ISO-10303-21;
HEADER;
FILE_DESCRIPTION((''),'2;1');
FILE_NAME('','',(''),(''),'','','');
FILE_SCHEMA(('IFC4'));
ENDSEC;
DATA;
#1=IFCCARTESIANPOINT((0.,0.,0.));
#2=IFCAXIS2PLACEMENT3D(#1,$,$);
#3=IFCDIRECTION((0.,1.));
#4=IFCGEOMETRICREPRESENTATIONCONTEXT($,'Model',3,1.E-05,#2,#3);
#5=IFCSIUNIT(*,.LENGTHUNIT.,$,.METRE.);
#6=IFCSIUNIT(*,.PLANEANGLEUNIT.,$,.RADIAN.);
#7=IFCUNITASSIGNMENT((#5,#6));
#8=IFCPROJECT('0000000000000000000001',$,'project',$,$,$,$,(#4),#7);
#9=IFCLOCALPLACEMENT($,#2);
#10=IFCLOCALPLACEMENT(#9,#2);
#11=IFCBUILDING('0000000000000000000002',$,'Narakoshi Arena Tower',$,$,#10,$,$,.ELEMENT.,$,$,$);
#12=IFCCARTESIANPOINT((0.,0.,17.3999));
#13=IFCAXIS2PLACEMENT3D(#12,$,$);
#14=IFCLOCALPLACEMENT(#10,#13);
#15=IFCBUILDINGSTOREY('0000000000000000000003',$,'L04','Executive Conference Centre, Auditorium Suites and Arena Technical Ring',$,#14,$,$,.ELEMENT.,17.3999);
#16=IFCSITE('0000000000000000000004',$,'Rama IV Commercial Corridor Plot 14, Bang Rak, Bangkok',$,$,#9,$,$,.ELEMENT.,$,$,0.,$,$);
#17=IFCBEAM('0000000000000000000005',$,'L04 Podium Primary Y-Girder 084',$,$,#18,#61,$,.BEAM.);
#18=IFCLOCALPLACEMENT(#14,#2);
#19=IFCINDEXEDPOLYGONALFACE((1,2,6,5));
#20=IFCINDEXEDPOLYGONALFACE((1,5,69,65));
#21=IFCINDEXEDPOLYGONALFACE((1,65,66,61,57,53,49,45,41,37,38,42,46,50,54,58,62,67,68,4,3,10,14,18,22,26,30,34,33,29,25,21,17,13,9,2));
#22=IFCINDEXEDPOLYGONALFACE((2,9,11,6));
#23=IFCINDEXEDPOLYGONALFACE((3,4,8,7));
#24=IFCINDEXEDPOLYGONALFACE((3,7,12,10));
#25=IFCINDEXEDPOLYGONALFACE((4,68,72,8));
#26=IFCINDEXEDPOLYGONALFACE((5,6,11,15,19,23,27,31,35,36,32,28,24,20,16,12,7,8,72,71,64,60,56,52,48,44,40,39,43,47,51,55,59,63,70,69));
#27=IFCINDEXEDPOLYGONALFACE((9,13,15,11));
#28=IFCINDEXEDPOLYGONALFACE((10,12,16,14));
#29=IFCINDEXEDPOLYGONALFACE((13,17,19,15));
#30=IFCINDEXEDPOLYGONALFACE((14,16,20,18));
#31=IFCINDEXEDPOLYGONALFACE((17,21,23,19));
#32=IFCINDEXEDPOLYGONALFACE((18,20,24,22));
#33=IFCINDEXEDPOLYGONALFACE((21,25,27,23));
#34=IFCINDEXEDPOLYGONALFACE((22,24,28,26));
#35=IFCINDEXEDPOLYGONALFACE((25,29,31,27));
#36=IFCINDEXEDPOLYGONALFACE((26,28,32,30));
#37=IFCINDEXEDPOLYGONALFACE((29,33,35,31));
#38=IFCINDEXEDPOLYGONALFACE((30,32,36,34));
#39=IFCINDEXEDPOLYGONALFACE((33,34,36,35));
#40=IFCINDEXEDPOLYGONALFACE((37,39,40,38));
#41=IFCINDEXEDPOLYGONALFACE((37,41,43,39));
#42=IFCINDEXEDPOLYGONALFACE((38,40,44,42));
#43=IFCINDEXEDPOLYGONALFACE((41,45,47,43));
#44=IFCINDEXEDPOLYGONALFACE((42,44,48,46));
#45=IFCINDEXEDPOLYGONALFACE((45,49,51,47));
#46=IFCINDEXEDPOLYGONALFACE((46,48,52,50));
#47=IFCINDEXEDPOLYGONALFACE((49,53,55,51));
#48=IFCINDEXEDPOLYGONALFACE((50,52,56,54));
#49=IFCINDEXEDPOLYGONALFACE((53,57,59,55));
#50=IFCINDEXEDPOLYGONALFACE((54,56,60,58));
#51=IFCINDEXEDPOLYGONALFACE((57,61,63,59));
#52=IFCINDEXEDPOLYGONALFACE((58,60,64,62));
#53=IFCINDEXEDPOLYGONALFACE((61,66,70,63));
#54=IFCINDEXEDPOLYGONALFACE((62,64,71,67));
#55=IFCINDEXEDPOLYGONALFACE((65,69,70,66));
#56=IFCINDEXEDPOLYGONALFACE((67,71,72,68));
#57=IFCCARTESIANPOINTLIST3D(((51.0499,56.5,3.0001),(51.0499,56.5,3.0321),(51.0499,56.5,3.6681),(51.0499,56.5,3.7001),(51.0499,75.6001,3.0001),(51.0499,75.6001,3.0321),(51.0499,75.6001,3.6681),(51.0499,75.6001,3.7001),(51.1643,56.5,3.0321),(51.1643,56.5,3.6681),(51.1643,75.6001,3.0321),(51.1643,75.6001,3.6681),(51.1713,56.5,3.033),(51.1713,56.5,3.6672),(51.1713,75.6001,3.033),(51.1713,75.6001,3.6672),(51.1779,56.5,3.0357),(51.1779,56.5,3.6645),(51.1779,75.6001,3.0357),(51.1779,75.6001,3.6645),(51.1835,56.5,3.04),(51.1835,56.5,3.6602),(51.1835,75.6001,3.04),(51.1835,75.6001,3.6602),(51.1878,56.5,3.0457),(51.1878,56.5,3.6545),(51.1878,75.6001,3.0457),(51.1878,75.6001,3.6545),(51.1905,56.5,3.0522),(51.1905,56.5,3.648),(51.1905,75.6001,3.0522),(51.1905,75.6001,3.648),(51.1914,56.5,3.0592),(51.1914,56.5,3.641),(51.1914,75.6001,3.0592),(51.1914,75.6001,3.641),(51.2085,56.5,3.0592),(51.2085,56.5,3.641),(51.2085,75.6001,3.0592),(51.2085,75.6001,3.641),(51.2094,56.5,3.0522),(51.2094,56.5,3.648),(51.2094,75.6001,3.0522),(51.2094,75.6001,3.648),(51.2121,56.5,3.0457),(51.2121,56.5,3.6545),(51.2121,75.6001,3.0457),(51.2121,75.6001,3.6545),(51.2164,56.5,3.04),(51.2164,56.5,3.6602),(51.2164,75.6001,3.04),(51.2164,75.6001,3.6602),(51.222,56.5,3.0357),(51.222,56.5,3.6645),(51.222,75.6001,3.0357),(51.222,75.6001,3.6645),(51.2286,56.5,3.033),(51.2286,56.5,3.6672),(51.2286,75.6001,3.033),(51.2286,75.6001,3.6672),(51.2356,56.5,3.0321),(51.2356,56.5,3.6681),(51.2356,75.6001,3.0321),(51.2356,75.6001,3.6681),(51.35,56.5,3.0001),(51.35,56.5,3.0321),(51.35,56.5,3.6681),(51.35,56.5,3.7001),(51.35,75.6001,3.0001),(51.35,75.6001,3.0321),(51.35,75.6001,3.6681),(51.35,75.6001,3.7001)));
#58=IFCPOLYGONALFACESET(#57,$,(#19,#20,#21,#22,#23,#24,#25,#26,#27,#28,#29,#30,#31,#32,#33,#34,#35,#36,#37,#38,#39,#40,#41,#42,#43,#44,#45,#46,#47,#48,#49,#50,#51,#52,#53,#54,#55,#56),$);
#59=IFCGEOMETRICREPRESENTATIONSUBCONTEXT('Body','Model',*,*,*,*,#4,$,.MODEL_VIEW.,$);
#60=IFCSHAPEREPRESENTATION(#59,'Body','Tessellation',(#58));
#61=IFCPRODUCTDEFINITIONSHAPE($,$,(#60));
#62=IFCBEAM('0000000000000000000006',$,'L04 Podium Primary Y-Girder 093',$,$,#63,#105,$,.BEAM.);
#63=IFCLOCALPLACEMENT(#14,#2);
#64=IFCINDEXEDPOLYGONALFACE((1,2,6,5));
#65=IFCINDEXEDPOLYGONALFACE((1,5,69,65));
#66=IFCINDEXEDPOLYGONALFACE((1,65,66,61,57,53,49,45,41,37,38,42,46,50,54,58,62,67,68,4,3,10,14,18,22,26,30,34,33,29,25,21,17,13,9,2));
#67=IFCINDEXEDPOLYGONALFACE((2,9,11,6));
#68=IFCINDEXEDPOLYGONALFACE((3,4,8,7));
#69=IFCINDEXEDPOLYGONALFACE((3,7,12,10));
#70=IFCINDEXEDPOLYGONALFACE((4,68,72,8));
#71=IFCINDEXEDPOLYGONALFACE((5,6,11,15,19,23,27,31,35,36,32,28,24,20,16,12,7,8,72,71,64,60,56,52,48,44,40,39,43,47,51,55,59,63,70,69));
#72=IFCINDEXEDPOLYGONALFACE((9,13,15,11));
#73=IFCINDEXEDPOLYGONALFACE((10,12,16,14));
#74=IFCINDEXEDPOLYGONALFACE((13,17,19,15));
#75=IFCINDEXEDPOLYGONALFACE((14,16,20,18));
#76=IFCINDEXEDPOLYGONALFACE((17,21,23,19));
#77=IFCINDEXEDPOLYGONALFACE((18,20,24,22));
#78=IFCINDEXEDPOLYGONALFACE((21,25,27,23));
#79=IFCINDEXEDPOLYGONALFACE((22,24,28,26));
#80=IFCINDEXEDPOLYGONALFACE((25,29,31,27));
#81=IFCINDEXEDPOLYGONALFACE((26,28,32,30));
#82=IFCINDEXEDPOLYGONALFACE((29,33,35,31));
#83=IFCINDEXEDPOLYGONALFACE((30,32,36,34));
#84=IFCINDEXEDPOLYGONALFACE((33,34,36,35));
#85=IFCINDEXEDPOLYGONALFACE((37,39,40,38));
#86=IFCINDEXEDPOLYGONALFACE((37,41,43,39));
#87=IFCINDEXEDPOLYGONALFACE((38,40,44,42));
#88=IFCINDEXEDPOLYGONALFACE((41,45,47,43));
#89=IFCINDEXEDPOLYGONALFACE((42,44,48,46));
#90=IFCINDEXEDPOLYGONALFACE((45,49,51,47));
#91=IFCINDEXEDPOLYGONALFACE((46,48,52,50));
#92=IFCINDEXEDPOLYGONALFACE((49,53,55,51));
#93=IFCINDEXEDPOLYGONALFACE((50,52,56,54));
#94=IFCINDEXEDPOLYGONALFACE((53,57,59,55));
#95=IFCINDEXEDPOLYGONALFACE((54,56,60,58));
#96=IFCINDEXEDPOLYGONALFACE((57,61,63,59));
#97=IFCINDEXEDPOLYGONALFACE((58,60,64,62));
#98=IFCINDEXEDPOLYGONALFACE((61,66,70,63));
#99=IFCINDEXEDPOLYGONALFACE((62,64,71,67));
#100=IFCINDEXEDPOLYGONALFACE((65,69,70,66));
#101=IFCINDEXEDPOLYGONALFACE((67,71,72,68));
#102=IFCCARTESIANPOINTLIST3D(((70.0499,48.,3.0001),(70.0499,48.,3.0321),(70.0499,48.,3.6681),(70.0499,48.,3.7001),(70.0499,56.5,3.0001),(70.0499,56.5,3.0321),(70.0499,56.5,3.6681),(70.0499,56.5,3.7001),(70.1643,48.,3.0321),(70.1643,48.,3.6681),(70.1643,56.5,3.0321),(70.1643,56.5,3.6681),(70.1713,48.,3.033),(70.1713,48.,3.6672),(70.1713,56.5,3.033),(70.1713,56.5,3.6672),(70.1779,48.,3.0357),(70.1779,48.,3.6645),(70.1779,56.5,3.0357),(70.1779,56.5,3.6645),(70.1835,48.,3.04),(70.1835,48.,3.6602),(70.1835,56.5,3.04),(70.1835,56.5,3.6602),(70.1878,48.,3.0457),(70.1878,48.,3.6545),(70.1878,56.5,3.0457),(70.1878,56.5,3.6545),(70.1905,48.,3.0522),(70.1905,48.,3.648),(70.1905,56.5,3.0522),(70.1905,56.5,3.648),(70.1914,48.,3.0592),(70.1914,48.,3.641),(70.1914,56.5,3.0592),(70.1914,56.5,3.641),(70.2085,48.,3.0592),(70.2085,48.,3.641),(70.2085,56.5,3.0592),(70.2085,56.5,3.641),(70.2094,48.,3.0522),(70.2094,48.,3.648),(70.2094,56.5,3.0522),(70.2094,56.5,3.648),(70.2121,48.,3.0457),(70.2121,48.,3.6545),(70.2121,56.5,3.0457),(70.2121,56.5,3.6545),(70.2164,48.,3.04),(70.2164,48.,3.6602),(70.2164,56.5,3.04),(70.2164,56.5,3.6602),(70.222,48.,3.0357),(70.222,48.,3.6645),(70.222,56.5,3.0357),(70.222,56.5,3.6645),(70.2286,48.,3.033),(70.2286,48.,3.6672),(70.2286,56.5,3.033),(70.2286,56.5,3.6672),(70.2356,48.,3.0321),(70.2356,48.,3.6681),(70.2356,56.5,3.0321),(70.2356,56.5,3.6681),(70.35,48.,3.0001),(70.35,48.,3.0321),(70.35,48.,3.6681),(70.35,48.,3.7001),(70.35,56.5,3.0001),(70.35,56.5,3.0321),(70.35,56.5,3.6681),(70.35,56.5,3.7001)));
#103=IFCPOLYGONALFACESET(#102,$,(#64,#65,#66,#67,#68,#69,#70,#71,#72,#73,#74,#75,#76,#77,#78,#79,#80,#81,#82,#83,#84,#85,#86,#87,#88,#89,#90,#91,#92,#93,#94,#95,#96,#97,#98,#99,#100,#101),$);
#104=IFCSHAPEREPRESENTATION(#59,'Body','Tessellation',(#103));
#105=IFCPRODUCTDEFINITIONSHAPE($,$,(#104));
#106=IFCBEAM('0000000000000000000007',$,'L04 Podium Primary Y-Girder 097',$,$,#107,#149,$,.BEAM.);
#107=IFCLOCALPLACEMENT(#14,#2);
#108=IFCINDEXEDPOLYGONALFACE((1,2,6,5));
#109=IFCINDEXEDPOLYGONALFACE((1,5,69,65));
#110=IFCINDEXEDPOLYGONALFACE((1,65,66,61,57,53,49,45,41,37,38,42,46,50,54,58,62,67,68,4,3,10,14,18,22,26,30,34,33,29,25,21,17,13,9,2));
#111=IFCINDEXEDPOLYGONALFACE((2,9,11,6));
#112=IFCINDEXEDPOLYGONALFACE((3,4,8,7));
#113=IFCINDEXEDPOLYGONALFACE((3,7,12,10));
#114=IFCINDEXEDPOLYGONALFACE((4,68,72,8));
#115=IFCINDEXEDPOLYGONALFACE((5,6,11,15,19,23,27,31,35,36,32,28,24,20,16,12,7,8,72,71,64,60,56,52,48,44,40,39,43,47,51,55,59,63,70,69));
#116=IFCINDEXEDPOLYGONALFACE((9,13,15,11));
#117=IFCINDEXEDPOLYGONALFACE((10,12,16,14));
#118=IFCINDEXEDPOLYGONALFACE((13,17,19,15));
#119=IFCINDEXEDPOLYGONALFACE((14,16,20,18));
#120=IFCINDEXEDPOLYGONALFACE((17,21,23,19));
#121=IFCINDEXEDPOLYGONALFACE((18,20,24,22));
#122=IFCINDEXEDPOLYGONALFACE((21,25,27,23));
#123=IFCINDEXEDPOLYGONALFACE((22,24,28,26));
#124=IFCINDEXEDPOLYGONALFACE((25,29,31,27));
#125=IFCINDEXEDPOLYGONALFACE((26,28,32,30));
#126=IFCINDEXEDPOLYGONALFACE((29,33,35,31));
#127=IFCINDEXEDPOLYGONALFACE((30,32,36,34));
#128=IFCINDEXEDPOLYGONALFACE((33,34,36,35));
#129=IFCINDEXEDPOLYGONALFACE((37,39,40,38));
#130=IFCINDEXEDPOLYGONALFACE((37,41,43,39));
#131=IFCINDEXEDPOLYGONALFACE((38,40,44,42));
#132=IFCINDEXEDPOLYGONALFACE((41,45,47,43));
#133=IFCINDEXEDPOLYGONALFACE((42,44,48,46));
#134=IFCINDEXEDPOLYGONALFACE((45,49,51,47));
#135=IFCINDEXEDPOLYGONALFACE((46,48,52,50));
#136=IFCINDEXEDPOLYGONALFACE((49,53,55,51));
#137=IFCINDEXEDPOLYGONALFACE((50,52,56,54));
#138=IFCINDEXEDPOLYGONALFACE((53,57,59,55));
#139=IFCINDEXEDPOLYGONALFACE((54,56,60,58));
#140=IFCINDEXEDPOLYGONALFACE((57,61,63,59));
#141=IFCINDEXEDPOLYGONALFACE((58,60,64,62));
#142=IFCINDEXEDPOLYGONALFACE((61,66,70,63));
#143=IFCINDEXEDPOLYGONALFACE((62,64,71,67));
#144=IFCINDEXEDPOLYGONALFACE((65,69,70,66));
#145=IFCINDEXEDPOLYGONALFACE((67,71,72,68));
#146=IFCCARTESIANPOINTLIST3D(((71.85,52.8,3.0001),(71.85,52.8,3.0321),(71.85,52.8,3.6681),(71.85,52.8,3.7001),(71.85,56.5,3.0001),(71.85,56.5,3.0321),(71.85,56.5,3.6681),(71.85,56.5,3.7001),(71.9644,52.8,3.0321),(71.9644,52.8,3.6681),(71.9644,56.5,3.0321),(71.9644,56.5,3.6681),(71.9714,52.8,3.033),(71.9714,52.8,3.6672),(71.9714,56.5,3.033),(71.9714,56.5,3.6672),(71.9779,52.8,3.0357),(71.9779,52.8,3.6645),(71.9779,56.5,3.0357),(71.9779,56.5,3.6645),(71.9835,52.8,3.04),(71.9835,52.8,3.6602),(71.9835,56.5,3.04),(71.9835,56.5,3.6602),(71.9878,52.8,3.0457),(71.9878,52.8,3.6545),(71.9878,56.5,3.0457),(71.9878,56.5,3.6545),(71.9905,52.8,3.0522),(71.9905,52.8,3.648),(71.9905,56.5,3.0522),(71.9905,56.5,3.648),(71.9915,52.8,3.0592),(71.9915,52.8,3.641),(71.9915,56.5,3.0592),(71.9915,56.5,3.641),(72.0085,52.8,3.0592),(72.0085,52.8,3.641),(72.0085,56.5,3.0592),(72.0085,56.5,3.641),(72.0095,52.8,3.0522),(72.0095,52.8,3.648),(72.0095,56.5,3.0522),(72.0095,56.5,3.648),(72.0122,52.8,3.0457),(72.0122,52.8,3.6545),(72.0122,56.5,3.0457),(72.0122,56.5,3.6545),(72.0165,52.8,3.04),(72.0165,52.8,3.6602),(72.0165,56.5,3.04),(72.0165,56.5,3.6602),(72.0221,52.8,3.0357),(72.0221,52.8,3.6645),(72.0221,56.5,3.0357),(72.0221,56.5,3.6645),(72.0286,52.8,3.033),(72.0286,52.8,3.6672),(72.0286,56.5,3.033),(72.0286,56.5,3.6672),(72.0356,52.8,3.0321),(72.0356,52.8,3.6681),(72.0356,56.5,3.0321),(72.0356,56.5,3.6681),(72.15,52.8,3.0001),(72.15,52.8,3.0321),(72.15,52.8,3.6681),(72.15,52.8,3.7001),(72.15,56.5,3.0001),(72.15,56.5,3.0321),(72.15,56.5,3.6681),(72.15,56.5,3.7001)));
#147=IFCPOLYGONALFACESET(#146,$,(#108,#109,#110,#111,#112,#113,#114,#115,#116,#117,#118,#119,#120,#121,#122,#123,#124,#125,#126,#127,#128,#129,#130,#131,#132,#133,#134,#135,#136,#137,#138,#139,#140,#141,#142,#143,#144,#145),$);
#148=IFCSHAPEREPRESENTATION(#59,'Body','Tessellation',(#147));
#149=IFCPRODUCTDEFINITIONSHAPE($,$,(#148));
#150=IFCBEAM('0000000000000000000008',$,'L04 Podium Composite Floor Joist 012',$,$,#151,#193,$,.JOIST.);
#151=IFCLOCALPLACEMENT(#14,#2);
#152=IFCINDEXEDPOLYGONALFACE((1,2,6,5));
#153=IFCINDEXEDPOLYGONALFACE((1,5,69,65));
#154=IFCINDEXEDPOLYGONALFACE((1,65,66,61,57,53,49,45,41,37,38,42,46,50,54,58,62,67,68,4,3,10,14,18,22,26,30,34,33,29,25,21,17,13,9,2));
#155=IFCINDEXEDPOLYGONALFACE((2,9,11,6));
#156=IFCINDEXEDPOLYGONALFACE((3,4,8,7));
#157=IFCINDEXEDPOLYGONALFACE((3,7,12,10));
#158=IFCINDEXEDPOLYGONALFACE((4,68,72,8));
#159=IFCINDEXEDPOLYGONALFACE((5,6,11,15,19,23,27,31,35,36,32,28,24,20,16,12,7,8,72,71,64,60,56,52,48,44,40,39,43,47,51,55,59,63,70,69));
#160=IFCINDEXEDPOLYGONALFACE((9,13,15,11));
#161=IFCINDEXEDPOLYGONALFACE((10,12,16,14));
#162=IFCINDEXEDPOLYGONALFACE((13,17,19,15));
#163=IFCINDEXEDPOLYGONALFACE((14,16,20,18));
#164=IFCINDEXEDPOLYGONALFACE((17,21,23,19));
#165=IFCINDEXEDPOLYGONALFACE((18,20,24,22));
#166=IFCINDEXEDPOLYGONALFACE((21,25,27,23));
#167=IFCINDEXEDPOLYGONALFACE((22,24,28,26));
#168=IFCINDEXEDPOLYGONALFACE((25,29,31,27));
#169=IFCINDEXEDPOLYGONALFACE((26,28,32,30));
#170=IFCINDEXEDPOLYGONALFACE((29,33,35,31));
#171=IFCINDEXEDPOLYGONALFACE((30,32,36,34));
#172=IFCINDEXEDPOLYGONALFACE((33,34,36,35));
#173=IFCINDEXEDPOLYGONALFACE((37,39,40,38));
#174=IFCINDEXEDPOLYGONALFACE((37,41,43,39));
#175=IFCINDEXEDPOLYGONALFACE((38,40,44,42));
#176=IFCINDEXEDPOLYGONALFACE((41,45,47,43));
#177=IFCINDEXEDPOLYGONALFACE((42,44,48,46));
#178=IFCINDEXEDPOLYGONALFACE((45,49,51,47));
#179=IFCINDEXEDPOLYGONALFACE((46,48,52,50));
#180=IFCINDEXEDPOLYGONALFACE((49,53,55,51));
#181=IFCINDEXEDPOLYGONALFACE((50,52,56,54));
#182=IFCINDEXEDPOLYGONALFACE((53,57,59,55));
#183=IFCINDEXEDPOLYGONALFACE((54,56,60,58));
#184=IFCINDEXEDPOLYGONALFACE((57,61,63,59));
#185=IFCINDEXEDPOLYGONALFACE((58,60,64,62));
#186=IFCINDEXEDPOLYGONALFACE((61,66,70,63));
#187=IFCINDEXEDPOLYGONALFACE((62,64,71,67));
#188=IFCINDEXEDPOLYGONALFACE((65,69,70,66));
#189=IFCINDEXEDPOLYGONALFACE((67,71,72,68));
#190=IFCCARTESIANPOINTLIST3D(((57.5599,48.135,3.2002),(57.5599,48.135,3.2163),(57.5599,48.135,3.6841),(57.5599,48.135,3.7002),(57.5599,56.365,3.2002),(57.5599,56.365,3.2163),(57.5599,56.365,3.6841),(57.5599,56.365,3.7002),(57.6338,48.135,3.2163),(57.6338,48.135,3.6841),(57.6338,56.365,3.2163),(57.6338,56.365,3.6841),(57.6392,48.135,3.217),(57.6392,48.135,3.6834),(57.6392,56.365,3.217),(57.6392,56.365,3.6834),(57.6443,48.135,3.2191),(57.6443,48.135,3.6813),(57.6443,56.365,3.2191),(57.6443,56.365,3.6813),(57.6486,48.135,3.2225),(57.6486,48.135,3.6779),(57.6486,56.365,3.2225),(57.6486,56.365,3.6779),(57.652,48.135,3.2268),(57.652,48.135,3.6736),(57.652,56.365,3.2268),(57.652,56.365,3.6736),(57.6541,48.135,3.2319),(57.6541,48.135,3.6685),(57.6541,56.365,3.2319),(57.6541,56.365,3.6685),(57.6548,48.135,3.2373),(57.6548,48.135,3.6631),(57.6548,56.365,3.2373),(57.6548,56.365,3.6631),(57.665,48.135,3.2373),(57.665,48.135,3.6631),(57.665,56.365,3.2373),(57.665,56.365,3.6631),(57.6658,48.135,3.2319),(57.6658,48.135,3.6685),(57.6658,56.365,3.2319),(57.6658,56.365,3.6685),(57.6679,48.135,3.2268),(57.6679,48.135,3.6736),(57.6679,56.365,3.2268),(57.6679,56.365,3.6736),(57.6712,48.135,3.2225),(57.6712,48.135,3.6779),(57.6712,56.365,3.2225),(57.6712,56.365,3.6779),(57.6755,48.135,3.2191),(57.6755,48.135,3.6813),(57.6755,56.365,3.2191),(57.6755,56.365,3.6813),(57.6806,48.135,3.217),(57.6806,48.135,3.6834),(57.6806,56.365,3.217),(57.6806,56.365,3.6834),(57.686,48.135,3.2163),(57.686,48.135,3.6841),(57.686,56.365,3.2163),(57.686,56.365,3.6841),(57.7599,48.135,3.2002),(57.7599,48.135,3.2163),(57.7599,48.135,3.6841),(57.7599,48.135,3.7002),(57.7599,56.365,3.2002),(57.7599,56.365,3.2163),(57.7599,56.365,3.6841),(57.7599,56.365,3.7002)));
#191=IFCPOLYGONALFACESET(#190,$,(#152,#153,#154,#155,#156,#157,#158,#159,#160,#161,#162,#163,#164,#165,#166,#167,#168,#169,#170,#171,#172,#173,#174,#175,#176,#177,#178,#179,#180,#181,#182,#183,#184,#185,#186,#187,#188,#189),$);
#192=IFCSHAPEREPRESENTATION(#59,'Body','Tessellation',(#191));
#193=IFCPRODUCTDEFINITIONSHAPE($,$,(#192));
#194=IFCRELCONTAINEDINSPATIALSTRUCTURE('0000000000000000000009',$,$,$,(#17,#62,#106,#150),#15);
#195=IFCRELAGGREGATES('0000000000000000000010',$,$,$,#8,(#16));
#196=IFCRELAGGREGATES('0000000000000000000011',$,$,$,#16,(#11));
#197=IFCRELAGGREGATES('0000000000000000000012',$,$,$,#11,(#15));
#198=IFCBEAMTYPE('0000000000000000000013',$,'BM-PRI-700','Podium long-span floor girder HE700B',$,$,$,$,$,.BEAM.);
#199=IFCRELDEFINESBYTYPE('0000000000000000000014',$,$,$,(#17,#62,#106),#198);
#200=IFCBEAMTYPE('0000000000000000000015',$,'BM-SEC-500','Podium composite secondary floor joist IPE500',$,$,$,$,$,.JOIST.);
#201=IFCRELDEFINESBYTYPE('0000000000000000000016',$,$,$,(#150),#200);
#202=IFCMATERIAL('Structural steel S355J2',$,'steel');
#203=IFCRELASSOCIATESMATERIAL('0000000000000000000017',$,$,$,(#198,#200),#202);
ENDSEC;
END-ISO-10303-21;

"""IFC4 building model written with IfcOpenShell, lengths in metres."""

from ifc_helpers import new_model, si_unit, direction, frame, origin, origin_2d, place, context, subcontext, project, spatial, i_section, extrude, material, material_profile, profile_set, type_object, element, save


model = new_model("IFC4")

# Units and contexts
model_context = context("Model", 3, precision=1e-05, world=origin(), true_north=direction((0.0, 1.0)))
body_context = subcontext(model_context, "Body", "Model", "MODEL_VIEW")
ifc_project = project(units=[si_unit("LENGTHUNIT", "METRE"), si_unit("PLANEANGLEUNIT", "RADIAN")], contexts=[model_context])

# Site, building, storey
site_placement = place(None, origin())
site = spatial("IfcSite", under=ifc_project, at=site_placement, Name="Rama IV Commercial Corridor Plot 14, Bang Rak, Bangkok", CompositionType="ELEMENT", RefElevation=0.0)
building_placement = place(site_placement, origin())
building = spatial("IfcBuilding", under=site, at=building_placement, Name="Narakoshi Arena Tower", CompositionType="ELEMENT")
storey_placement = place(building_placement, frame((0.0, 0.0, 17.3999)))
storey = spatial("IfcBuildingStorey", under=building, at=storey_placement, Name="L04", Description="Executive Conference Centre, Auditorium Suites and Arena Technical Ring", CompositionType="ELEMENT", Elevation=17.3999)

# Beams
ifc_material_1 = material(Name="Structural steel S355J2", Category="steel")
ifc_material_profile_1 = material_profile(ifc_material_1, i_section(OverallWidth=0.3, OverallDepth=0.7, WebThickness=0.0171, FlangeThickness=0.032, FilletRadius=0.0271, at=origin_2d()), Name="HE700B")
ifc_profile_set_1 = profile_set([ifc_material_profile_1], Name="Structural steel S355J2")
beam_type_1 = type_object("IfcBeamType", Name="BM-PRI-700", Description="Podium long-span floor girder HE700B", PredefinedType="BEAM", material=ifc_profile_set_1)
beam_1_placement = place(storey_placement, frame((51.2, 56.5, 3.3501), z_axis=(0.0, 1.0, 0.0), x_axis=(-1.0, 0.0, 0.0)))
element("IfcBeam", 1, at=beam_1_placement, inside=storey, type_object=beam_type_1, Name="L04 Podium Primary Y-Girder 084", PredefinedType="BEAM", context=body_context, shape_type="SweptSolid", body=[
    extrude(i_section(OverallWidth=0.3, OverallDepth=0.7, WebThickness=0.0171, FlangeThickness=0.032, FilletRadius=0.0271, at=origin_2d()), origin(), (0.0, 0.0, 1.0), 19.1001),
])
beam_2_placement = place(storey_placement, frame((70.2, 48.0, 3.3501), z_axis=(0.0, 1.0, 0.0), x_axis=(-1.0, 0.0, 0.0)))
element("IfcBeam", 2, at=beam_2_placement, inside=storey, type_object=beam_type_1, Name="L04 Podium Primary Y-Girder 093", PredefinedType="BEAM", context=body_context, shape_type="SweptSolid", body=[
    extrude(i_section(OverallWidth=0.3, OverallDepth=0.7, WebThickness=0.0171, FlangeThickness=0.032, FilletRadius=0.0271, at=origin_2d()), origin(), (0.0, 0.0, 1.0), 8.5),
])
beam_3_placement = place(storey_placement, frame((72.0, 52.8, 3.3501), z_axis=(0.0, 1.0, 0.0), x_axis=(-1.0, 0.0, 0.0)))
element("IfcBeam", 3, at=beam_3_placement, inside=storey, type_object=beam_type_1, Name="L04 Podium Primary Y-Girder 097", PredefinedType="BEAM", context=body_context, shape_type="SweptSolid", body=[
    extrude(i_section(OverallWidth=0.3, OverallDepth=0.7, WebThickness=0.0171, FlangeThickness=0.032, FilletRadius=0.0271, at=origin_2d()), origin(), (0.0, 0.0, 1.0), 3.7),
])
ifc_material_profile_2 = material_profile(ifc_material_1, i_section(OverallWidth=0.2, OverallDepth=0.5, WebThickness=0.0103, FlangeThickness=0.0161, FilletRadius=0.021, at=origin_2d()), Name="IPE500")
ifc_profile_set_2 = profile_set([ifc_material_profile_2], Name="Structural steel S355J2")
beam_type_2 = type_object("IfcBeamType", Name="BM-SEC-500", Description="Podium composite secondary floor joist IPE500", PredefinedType="JOIST", material=ifc_profile_set_2)
for number, where, z_axis, x_axis, name in (
    (4, (57.6599, 48.135, 3.4502), (0.0, 1.0, 0.0), (-1.0, 0.0, 0.0), "L04 Podium Composite Floor Joist 012"),
):
    element("IfcBeam", number, at=place(storey_placement, frame(where, z_axis=z_axis, x_axis=x_axis)), inside=storey, type_object=beam_type_2, Name=name, PredefinedType="JOIST", context=body_context, shape_type="SweptSolid", body=[
        extrude(i_section(OverallWidth=0.2, OverallDepth=0.5, WebThickness=0.0103, FlangeThickness=0.0161, FilletRadius=0.021, at=origin_2d()), origin(), (0.0, 0.0, 1.0), 8.23),
    ])

save(model, "model.ifc")
